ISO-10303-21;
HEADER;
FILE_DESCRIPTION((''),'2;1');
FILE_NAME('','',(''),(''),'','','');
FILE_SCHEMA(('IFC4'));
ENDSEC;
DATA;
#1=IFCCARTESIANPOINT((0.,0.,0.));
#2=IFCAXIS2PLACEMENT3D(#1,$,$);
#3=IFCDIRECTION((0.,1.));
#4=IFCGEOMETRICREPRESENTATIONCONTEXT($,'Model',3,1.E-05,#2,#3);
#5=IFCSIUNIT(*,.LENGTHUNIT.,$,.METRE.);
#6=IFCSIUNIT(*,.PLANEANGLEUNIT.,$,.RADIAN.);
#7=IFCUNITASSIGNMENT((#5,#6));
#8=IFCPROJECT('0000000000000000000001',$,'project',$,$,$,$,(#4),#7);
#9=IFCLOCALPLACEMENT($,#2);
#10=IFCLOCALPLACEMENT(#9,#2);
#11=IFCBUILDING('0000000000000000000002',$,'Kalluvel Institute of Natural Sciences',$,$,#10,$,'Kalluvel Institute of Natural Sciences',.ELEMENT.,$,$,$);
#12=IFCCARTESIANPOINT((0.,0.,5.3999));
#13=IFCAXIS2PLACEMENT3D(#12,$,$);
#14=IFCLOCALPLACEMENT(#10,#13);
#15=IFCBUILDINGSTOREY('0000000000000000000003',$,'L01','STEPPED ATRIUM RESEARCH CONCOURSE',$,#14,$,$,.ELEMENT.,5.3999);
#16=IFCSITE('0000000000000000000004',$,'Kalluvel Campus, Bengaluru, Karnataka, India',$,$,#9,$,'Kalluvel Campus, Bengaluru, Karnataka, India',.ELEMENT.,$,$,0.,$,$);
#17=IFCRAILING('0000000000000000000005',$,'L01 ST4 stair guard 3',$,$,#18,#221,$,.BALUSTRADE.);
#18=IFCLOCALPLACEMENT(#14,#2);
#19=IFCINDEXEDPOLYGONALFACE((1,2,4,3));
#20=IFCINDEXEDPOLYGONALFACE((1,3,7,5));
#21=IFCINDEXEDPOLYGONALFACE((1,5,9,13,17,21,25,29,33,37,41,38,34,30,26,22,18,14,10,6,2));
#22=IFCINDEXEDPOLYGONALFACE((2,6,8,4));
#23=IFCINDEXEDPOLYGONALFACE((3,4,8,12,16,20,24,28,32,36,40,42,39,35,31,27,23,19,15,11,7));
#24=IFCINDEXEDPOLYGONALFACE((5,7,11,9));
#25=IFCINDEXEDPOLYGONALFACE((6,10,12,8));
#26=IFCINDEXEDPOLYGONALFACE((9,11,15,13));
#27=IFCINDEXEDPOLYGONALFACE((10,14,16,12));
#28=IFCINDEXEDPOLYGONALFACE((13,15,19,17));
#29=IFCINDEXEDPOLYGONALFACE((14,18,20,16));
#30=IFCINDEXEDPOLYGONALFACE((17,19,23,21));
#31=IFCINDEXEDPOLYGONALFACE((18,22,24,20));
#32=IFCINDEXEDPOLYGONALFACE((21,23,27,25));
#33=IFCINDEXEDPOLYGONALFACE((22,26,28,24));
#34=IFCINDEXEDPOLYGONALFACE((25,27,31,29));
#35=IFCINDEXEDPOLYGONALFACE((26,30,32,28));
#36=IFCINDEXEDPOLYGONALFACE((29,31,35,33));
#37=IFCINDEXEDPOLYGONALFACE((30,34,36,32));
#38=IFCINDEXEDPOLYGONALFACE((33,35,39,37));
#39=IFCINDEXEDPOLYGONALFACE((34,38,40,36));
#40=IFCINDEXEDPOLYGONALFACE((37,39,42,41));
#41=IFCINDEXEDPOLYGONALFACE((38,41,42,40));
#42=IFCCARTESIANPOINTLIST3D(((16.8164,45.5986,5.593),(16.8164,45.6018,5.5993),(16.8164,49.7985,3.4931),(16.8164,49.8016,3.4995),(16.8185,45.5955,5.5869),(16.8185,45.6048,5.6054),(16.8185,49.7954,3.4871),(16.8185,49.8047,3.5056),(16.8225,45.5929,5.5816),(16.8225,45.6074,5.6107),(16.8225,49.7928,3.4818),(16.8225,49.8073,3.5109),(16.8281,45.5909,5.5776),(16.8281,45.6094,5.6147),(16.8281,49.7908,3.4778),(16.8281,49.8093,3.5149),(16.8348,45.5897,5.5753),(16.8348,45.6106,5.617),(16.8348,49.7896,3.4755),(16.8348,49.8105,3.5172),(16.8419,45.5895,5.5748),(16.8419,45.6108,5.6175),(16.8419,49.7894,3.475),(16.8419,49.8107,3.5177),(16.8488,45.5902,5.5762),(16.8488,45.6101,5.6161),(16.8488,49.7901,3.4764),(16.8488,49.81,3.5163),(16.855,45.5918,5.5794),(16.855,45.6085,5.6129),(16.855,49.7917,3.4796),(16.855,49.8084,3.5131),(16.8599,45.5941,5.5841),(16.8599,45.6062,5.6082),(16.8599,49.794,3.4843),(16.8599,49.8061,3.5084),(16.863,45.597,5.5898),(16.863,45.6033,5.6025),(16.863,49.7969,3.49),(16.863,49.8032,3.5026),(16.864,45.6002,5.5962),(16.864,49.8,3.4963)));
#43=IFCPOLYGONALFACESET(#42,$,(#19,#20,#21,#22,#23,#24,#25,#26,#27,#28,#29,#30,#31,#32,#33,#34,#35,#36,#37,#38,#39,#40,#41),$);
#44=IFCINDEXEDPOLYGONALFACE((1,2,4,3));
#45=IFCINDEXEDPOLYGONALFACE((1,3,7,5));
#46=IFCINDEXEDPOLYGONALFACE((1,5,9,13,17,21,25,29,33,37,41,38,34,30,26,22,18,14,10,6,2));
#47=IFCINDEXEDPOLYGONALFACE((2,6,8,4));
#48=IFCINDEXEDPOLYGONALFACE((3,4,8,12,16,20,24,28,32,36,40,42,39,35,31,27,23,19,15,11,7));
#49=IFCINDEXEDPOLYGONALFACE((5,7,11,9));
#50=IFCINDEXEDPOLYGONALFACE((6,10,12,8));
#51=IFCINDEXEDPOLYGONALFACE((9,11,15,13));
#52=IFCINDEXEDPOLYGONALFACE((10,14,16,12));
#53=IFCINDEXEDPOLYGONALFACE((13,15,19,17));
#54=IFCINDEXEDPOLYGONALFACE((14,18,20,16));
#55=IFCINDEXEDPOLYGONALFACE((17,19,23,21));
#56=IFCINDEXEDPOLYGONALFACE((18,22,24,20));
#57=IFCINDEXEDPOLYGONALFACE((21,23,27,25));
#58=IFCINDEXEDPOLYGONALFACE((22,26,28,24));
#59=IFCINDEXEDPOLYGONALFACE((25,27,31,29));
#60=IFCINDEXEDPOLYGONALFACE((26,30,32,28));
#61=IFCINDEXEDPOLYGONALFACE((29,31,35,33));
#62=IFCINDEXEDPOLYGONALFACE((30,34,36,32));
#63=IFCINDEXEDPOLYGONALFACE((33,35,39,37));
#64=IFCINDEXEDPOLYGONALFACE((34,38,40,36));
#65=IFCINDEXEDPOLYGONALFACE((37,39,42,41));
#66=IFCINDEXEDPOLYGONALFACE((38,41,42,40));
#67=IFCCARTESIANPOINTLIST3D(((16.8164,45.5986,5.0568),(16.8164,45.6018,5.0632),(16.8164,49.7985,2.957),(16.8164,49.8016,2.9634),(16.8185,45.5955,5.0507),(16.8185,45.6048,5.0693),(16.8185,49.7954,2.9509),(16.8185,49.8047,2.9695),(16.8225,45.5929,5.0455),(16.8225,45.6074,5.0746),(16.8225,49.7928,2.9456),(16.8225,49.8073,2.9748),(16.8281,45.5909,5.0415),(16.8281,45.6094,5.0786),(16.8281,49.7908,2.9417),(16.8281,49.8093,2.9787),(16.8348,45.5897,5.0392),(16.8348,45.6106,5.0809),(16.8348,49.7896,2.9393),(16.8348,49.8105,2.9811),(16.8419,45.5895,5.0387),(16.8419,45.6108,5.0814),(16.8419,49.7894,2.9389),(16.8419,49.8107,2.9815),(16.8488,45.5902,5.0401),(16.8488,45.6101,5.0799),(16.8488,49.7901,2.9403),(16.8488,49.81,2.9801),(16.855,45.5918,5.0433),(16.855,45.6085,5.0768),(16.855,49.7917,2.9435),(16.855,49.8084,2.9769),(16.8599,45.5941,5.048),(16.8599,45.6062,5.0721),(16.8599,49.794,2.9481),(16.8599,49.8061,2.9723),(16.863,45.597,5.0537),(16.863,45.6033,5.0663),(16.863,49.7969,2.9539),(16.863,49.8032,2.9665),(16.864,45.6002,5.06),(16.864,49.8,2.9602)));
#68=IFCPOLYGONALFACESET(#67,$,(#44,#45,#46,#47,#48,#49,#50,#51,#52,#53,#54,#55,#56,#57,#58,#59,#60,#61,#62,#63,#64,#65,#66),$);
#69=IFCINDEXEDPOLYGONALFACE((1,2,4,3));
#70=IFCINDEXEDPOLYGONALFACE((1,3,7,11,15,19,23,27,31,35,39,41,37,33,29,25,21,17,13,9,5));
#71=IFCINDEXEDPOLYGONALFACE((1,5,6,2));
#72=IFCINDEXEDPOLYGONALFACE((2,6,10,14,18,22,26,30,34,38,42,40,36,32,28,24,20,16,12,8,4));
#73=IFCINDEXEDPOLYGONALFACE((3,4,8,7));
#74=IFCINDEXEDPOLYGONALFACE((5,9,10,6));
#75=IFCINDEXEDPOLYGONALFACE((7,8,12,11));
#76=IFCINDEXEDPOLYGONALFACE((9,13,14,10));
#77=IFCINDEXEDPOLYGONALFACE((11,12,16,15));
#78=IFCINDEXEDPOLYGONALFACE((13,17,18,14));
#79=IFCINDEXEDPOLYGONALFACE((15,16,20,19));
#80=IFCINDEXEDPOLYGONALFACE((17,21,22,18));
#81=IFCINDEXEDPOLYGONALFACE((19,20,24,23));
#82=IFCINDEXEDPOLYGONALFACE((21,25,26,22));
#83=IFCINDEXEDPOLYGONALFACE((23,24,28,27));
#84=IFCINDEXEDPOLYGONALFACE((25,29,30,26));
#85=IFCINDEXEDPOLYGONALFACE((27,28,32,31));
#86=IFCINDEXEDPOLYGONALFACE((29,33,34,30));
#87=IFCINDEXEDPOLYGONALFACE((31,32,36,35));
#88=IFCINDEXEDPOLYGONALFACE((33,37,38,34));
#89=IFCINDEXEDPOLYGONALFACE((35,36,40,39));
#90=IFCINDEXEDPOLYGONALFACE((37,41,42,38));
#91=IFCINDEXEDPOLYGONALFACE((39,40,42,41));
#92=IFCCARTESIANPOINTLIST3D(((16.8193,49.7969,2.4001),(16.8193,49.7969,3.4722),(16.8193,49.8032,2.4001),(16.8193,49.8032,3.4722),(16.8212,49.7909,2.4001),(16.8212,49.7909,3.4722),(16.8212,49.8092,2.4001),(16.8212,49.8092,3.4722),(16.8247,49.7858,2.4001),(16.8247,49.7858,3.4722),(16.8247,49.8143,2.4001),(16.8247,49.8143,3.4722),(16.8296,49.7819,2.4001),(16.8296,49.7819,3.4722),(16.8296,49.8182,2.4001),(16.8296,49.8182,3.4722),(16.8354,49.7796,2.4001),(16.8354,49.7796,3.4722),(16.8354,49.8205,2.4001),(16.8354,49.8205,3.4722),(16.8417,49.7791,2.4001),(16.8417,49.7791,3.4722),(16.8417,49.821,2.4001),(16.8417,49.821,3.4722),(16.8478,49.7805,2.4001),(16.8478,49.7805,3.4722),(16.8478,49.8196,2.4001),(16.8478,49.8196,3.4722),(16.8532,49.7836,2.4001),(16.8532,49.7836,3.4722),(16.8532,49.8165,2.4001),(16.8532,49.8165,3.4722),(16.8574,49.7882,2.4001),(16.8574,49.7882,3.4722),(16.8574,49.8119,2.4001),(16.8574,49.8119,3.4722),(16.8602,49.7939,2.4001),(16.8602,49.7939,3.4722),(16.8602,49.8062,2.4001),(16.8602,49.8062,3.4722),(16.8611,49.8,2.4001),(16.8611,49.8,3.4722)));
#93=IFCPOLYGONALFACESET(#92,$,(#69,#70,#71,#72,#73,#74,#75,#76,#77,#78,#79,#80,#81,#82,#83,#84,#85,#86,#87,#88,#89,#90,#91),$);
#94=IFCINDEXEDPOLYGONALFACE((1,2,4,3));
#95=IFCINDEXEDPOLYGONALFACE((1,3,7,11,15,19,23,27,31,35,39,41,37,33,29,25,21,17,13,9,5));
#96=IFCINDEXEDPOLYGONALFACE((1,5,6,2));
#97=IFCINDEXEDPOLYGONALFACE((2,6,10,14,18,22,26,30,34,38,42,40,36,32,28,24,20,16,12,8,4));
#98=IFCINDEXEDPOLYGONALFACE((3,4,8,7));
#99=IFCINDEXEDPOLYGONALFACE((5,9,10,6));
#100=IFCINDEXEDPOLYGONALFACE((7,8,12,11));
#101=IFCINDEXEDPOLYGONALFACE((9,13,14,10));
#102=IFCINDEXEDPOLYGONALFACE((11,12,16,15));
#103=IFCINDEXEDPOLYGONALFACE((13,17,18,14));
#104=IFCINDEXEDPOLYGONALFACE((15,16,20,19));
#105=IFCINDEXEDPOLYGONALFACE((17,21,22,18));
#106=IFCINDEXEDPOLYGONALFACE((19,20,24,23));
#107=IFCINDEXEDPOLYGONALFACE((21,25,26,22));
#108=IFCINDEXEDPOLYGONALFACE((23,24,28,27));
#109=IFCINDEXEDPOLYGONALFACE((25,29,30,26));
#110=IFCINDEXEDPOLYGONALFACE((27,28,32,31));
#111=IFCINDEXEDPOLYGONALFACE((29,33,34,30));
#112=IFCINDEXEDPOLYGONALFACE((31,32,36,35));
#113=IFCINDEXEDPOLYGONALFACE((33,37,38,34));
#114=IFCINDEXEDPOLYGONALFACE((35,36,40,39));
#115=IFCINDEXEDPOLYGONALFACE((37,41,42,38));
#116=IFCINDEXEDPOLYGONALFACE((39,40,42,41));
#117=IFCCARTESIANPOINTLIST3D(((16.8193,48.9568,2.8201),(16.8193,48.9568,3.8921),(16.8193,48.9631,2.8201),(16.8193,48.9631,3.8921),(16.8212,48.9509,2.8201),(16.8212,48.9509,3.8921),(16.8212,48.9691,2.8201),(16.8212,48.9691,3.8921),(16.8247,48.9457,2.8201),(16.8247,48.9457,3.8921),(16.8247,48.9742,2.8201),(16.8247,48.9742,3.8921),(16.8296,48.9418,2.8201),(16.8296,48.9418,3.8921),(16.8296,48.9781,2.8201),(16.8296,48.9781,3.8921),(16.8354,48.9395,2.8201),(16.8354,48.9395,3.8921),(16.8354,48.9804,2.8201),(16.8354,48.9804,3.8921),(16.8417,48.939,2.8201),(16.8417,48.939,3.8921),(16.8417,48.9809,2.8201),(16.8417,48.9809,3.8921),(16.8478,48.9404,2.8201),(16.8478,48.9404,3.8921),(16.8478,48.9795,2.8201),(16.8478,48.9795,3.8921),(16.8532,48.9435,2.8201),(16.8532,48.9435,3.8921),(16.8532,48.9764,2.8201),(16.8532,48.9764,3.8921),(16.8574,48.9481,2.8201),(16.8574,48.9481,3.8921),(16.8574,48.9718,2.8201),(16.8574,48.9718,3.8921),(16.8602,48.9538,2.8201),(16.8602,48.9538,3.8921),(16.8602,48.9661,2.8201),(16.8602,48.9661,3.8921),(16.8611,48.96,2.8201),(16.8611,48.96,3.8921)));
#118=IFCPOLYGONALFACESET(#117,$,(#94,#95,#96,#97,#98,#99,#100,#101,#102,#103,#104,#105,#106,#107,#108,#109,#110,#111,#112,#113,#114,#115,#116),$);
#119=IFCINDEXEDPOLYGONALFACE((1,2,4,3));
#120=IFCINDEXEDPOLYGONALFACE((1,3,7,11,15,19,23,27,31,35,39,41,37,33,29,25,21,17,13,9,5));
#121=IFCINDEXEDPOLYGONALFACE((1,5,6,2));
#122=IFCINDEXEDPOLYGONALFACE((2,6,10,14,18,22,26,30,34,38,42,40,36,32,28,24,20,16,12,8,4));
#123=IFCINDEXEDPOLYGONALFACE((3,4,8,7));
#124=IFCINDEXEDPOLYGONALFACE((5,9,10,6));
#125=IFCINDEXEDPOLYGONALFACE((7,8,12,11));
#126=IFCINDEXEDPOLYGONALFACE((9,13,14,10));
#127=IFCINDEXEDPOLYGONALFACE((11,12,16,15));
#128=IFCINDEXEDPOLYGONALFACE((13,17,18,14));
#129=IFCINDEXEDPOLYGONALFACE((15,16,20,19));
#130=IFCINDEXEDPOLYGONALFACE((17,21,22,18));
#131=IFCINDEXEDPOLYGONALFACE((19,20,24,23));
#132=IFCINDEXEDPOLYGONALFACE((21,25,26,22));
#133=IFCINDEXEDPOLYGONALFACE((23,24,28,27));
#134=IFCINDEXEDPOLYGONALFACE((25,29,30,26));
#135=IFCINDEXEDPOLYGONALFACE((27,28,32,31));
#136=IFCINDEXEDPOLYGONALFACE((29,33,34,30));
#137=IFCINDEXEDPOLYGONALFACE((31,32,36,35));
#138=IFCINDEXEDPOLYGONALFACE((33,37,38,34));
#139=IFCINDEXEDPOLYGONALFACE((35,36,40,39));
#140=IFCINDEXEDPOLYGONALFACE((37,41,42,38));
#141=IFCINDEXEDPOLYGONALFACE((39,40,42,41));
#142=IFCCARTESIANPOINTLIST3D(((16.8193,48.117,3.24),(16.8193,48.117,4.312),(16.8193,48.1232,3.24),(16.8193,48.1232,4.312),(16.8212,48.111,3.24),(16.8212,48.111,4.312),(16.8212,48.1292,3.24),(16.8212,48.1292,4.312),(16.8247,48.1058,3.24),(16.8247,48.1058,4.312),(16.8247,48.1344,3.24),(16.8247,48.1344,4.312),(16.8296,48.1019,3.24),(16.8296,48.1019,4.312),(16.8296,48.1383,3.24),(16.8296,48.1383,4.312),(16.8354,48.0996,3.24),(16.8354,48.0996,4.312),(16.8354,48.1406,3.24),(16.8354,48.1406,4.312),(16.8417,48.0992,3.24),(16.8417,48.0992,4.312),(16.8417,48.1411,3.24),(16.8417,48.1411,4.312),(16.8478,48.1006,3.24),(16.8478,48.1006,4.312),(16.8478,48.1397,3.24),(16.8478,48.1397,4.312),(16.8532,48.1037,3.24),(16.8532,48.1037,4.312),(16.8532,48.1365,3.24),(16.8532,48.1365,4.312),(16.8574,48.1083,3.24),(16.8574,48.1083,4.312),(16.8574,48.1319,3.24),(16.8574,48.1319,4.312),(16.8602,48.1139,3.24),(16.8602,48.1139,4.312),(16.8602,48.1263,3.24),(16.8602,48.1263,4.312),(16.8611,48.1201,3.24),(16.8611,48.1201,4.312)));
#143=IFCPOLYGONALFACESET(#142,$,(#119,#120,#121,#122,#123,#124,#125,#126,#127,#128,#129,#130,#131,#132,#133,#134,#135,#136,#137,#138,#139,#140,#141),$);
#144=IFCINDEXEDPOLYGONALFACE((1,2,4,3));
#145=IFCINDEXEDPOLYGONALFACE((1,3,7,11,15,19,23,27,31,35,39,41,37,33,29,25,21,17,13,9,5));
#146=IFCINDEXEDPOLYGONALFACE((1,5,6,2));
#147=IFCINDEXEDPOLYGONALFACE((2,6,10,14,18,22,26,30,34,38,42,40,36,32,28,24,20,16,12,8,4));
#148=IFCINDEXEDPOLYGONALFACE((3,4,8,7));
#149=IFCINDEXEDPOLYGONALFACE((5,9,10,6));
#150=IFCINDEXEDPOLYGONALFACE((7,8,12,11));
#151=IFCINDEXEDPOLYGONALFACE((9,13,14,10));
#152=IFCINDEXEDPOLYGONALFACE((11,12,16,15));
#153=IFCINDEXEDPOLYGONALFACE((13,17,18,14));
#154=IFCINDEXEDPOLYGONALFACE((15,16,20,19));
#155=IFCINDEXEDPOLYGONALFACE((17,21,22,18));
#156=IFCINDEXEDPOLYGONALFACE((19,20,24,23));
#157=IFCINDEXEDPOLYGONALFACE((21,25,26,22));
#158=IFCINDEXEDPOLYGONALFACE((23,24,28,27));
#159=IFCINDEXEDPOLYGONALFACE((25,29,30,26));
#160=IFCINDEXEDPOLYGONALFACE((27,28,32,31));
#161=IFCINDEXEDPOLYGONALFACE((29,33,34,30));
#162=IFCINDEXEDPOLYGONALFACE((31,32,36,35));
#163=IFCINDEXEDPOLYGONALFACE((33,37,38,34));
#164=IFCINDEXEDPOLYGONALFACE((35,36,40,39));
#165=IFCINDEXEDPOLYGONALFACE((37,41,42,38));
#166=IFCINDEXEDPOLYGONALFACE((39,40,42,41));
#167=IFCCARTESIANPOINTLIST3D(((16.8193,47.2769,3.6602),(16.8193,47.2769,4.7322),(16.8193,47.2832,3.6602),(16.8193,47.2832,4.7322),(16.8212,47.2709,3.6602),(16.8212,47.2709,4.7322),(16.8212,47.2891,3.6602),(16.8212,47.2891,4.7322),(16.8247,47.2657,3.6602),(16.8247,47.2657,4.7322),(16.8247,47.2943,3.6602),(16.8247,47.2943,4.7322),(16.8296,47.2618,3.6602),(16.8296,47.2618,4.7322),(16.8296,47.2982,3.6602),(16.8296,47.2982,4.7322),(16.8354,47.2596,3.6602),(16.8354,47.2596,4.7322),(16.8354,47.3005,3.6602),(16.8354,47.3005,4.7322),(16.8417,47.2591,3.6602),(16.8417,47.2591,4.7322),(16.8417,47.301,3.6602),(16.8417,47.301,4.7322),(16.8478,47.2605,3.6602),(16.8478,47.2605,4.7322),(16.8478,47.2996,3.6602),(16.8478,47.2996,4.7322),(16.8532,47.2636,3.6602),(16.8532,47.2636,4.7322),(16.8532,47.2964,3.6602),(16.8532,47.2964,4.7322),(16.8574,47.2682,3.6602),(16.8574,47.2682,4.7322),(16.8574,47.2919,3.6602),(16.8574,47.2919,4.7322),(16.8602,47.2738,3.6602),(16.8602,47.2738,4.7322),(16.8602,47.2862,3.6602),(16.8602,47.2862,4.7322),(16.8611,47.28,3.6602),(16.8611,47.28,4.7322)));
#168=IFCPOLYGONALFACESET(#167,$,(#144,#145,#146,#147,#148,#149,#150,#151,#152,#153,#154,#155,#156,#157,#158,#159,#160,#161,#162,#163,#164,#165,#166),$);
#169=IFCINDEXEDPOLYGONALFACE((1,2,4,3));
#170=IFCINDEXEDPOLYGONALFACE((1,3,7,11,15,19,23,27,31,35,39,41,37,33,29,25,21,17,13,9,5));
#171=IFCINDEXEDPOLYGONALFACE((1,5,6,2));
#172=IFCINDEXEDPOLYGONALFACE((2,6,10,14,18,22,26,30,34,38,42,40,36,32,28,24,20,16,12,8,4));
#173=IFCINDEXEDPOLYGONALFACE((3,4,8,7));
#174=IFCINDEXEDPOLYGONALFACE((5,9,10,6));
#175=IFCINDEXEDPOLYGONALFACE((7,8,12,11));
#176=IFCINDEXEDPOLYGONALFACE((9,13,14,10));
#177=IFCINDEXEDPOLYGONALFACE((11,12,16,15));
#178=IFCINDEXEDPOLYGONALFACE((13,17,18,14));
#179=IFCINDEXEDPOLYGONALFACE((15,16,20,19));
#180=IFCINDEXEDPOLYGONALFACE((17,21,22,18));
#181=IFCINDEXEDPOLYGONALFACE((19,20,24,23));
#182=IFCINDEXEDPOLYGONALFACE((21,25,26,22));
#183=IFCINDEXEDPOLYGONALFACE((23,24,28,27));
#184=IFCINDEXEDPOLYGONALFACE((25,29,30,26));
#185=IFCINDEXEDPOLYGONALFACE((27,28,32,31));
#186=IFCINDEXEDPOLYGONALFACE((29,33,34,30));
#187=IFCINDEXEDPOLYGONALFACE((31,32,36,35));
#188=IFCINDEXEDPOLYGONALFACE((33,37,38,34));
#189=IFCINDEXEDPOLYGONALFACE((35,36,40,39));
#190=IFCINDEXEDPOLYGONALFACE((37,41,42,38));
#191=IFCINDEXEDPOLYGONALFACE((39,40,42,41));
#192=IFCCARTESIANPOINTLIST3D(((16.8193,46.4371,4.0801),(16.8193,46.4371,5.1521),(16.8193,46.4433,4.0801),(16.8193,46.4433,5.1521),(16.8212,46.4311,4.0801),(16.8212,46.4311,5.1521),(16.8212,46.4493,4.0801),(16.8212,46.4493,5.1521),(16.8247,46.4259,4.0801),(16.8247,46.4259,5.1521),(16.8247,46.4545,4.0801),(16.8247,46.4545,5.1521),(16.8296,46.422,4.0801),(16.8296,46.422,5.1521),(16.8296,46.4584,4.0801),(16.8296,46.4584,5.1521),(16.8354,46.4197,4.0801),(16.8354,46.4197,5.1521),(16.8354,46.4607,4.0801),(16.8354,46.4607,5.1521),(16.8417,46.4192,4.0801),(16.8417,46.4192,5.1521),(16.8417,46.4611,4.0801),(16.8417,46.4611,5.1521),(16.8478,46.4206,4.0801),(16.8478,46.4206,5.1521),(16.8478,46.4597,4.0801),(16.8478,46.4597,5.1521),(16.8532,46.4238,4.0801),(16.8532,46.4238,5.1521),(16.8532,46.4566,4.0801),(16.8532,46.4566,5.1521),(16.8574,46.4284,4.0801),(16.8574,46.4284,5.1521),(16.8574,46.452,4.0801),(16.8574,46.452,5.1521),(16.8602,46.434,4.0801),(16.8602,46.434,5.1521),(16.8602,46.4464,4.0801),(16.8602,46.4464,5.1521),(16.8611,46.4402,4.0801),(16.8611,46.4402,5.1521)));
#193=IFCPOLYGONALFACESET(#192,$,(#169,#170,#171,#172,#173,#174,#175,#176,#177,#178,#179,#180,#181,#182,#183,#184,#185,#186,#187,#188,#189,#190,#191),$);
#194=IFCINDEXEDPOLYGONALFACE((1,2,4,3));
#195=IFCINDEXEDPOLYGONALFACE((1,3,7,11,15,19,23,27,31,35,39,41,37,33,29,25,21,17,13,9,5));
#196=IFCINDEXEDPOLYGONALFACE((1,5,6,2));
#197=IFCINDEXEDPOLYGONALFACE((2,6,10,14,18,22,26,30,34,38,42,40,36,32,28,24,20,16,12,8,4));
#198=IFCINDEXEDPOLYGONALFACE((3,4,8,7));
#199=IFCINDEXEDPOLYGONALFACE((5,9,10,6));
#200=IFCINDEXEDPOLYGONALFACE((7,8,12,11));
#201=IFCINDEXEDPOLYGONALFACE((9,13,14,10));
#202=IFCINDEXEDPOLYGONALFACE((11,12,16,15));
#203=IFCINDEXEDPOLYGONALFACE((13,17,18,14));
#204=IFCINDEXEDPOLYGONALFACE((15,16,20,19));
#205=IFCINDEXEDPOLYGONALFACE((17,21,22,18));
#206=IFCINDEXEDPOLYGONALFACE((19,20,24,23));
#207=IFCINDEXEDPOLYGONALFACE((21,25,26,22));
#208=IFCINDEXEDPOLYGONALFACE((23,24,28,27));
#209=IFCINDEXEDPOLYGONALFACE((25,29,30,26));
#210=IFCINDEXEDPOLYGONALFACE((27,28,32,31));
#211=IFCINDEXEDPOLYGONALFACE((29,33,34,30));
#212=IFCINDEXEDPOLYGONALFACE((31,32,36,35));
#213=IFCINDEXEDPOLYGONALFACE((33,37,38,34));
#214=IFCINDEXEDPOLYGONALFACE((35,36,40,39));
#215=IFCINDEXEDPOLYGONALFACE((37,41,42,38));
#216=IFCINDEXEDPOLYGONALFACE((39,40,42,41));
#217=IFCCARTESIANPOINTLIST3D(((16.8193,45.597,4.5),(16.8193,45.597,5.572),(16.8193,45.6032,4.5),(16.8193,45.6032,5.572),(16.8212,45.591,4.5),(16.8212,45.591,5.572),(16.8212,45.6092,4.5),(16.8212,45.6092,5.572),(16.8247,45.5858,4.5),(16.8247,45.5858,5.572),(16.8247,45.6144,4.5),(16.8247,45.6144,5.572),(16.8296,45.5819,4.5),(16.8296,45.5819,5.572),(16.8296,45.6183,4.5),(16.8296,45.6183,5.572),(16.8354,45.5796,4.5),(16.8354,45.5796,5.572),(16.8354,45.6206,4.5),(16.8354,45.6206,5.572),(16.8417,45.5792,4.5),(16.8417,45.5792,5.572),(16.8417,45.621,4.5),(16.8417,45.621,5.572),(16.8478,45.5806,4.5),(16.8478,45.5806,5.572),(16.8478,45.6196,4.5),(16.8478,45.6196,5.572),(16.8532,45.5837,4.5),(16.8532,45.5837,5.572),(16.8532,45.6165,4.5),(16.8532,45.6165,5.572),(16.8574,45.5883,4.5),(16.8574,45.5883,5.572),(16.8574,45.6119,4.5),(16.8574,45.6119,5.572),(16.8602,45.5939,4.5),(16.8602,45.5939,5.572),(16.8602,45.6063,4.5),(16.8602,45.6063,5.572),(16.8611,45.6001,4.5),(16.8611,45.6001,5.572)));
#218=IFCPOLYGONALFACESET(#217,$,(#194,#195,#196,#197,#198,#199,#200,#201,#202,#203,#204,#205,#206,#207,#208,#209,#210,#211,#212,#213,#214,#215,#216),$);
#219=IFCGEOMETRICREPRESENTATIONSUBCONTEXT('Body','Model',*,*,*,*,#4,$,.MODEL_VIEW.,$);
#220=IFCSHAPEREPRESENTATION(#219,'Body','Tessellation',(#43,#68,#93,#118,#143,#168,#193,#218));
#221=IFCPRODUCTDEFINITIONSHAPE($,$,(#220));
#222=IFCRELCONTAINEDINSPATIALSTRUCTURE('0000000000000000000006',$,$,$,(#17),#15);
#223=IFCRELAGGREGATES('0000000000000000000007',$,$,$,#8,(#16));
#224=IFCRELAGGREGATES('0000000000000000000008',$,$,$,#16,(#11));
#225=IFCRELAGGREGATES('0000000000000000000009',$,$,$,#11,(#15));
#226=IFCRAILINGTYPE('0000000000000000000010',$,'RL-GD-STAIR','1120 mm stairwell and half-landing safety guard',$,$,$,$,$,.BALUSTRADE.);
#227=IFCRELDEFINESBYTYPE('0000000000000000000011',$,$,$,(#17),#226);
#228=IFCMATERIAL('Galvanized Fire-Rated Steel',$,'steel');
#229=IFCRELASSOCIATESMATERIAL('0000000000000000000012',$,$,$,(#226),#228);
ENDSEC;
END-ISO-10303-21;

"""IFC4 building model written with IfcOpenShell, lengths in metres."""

from ifc_helpers import new_model, si_unit, direction, frame, origin, origin_2d, place, context, subcontext, project, spatial, circle, extrude, material, type_object, element, save


model = new_model("IFC4")

# Units and contexts
model_context = context("Model", 3, precision=1e-05, world=origin(), true_north=direction((0.0, 1.0)))
body_context = subcontext(model_context, "Body", "Model", "MODEL_VIEW")
ifc_project = project(units=[si_unit("LENGTHUNIT", "METRE"), si_unit("PLANEANGLEUNIT", "RADIAN")], contexts=[model_context])

# Site, building, storey
site_placement = place(None, origin())
site = spatial("IfcSite", under=ifc_project, at=site_placement, Name="Kalluvel Campus, Bengaluru, Karnataka, India", LongName="Kalluvel Campus, Bengaluru, Karnataka, India", CompositionType="ELEMENT", RefElevation=0.0)
building_placement = place(site_placement, origin())
building = spatial("IfcBuilding", under=site, at=building_placement, Name="Kalluvel Institute of Natural Sciences", LongName="Kalluvel Institute of Natural Sciences", CompositionType="ELEMENT")
storey_placement = place(building_placement, frame((0.0, 0.0, 5.3999)))
storey = spatial("IfcBuildingStorey", under=building, at=storey_placement, Name="L01", Description="STEPPED ATRIUM RESEARCH CONCOURSE", CompositionType="ELEMENT", Elevation=5.3999)

# Shared definitions
ifc_material_1 = material(Name="Galvanized Fire-Rated Steel", Category="steel")

# Railing
railing_type_1 = type_object("IfcRailingType", Name="RL-GD-STAIR", Description="1120 mm stairwell and half-landing safety guard", PredefinedType="BALUSTRADE", material=ifc_material_1)
railing_1_placement = place(storey_placement, frame((16.8401, 49.8, 2.4001)))
element("IfcRailing", 1, at=railing_1_placement, inside=storey, type_object=railing_type_1, Name="L01 ST4 stair guard 3", PredefinedType="BALUSTRADE", context=body_context, shape_type="SweptSolid", body=[
    extrude(circle(Radius=0.0239, at=origin_2d()), frame((0.0, 0.0, 1.0962), z_axis=(0.0, -0.894438, 0.447193), x_axis=(1.0, 0.0, 0.0)), (0.0, 0.0, 1.0), 4.6956),
    extrude(circle(Radius=0.0239, at=origin_2d()), frame((0.0, 0.0, 0.5601), z_axis=(0.0, -0.894438, 0.447193), x_axis=(1.0, 0.0, 0.0)), (0.0, 0.0, 1.0), 4.6956),
    extrude(circle(Radius=0.021, at=origin_2d()), origin(), (0.0, 0.0, 1.0), 1.072),
    extrude(circle(Radius=0.021, at=origin_2d()), frame((0.0, -0.8401, 0.4199)), (0.0, 0.0, 1.0), 1.072),
    extrude(circle(Radius=0.021, at=origin_2d()), frame((0.0, -1.6799, 0.8398)), (0.0, 0.0, 1.0), 1.072),
    extrude(circle(Radius=0.021, at=origin_2d()), frame((0.0, -2.52, 1.26)), (0.0, 0.0, 1.0), 1.072),
    extrude(circle(Radius=0.021, at=origin_2d()), frame((0.0, -3.3599, 1.6799)), (0.0, 0.0, 1.0), 1.072),
    extrude(circle(Radius=0.021, at=origin_2d()), frame((0.0, -4.2, 2.0999)), (0.0, 0.0, 1.0), 1.072),
])

save(model, "model.ifc")
